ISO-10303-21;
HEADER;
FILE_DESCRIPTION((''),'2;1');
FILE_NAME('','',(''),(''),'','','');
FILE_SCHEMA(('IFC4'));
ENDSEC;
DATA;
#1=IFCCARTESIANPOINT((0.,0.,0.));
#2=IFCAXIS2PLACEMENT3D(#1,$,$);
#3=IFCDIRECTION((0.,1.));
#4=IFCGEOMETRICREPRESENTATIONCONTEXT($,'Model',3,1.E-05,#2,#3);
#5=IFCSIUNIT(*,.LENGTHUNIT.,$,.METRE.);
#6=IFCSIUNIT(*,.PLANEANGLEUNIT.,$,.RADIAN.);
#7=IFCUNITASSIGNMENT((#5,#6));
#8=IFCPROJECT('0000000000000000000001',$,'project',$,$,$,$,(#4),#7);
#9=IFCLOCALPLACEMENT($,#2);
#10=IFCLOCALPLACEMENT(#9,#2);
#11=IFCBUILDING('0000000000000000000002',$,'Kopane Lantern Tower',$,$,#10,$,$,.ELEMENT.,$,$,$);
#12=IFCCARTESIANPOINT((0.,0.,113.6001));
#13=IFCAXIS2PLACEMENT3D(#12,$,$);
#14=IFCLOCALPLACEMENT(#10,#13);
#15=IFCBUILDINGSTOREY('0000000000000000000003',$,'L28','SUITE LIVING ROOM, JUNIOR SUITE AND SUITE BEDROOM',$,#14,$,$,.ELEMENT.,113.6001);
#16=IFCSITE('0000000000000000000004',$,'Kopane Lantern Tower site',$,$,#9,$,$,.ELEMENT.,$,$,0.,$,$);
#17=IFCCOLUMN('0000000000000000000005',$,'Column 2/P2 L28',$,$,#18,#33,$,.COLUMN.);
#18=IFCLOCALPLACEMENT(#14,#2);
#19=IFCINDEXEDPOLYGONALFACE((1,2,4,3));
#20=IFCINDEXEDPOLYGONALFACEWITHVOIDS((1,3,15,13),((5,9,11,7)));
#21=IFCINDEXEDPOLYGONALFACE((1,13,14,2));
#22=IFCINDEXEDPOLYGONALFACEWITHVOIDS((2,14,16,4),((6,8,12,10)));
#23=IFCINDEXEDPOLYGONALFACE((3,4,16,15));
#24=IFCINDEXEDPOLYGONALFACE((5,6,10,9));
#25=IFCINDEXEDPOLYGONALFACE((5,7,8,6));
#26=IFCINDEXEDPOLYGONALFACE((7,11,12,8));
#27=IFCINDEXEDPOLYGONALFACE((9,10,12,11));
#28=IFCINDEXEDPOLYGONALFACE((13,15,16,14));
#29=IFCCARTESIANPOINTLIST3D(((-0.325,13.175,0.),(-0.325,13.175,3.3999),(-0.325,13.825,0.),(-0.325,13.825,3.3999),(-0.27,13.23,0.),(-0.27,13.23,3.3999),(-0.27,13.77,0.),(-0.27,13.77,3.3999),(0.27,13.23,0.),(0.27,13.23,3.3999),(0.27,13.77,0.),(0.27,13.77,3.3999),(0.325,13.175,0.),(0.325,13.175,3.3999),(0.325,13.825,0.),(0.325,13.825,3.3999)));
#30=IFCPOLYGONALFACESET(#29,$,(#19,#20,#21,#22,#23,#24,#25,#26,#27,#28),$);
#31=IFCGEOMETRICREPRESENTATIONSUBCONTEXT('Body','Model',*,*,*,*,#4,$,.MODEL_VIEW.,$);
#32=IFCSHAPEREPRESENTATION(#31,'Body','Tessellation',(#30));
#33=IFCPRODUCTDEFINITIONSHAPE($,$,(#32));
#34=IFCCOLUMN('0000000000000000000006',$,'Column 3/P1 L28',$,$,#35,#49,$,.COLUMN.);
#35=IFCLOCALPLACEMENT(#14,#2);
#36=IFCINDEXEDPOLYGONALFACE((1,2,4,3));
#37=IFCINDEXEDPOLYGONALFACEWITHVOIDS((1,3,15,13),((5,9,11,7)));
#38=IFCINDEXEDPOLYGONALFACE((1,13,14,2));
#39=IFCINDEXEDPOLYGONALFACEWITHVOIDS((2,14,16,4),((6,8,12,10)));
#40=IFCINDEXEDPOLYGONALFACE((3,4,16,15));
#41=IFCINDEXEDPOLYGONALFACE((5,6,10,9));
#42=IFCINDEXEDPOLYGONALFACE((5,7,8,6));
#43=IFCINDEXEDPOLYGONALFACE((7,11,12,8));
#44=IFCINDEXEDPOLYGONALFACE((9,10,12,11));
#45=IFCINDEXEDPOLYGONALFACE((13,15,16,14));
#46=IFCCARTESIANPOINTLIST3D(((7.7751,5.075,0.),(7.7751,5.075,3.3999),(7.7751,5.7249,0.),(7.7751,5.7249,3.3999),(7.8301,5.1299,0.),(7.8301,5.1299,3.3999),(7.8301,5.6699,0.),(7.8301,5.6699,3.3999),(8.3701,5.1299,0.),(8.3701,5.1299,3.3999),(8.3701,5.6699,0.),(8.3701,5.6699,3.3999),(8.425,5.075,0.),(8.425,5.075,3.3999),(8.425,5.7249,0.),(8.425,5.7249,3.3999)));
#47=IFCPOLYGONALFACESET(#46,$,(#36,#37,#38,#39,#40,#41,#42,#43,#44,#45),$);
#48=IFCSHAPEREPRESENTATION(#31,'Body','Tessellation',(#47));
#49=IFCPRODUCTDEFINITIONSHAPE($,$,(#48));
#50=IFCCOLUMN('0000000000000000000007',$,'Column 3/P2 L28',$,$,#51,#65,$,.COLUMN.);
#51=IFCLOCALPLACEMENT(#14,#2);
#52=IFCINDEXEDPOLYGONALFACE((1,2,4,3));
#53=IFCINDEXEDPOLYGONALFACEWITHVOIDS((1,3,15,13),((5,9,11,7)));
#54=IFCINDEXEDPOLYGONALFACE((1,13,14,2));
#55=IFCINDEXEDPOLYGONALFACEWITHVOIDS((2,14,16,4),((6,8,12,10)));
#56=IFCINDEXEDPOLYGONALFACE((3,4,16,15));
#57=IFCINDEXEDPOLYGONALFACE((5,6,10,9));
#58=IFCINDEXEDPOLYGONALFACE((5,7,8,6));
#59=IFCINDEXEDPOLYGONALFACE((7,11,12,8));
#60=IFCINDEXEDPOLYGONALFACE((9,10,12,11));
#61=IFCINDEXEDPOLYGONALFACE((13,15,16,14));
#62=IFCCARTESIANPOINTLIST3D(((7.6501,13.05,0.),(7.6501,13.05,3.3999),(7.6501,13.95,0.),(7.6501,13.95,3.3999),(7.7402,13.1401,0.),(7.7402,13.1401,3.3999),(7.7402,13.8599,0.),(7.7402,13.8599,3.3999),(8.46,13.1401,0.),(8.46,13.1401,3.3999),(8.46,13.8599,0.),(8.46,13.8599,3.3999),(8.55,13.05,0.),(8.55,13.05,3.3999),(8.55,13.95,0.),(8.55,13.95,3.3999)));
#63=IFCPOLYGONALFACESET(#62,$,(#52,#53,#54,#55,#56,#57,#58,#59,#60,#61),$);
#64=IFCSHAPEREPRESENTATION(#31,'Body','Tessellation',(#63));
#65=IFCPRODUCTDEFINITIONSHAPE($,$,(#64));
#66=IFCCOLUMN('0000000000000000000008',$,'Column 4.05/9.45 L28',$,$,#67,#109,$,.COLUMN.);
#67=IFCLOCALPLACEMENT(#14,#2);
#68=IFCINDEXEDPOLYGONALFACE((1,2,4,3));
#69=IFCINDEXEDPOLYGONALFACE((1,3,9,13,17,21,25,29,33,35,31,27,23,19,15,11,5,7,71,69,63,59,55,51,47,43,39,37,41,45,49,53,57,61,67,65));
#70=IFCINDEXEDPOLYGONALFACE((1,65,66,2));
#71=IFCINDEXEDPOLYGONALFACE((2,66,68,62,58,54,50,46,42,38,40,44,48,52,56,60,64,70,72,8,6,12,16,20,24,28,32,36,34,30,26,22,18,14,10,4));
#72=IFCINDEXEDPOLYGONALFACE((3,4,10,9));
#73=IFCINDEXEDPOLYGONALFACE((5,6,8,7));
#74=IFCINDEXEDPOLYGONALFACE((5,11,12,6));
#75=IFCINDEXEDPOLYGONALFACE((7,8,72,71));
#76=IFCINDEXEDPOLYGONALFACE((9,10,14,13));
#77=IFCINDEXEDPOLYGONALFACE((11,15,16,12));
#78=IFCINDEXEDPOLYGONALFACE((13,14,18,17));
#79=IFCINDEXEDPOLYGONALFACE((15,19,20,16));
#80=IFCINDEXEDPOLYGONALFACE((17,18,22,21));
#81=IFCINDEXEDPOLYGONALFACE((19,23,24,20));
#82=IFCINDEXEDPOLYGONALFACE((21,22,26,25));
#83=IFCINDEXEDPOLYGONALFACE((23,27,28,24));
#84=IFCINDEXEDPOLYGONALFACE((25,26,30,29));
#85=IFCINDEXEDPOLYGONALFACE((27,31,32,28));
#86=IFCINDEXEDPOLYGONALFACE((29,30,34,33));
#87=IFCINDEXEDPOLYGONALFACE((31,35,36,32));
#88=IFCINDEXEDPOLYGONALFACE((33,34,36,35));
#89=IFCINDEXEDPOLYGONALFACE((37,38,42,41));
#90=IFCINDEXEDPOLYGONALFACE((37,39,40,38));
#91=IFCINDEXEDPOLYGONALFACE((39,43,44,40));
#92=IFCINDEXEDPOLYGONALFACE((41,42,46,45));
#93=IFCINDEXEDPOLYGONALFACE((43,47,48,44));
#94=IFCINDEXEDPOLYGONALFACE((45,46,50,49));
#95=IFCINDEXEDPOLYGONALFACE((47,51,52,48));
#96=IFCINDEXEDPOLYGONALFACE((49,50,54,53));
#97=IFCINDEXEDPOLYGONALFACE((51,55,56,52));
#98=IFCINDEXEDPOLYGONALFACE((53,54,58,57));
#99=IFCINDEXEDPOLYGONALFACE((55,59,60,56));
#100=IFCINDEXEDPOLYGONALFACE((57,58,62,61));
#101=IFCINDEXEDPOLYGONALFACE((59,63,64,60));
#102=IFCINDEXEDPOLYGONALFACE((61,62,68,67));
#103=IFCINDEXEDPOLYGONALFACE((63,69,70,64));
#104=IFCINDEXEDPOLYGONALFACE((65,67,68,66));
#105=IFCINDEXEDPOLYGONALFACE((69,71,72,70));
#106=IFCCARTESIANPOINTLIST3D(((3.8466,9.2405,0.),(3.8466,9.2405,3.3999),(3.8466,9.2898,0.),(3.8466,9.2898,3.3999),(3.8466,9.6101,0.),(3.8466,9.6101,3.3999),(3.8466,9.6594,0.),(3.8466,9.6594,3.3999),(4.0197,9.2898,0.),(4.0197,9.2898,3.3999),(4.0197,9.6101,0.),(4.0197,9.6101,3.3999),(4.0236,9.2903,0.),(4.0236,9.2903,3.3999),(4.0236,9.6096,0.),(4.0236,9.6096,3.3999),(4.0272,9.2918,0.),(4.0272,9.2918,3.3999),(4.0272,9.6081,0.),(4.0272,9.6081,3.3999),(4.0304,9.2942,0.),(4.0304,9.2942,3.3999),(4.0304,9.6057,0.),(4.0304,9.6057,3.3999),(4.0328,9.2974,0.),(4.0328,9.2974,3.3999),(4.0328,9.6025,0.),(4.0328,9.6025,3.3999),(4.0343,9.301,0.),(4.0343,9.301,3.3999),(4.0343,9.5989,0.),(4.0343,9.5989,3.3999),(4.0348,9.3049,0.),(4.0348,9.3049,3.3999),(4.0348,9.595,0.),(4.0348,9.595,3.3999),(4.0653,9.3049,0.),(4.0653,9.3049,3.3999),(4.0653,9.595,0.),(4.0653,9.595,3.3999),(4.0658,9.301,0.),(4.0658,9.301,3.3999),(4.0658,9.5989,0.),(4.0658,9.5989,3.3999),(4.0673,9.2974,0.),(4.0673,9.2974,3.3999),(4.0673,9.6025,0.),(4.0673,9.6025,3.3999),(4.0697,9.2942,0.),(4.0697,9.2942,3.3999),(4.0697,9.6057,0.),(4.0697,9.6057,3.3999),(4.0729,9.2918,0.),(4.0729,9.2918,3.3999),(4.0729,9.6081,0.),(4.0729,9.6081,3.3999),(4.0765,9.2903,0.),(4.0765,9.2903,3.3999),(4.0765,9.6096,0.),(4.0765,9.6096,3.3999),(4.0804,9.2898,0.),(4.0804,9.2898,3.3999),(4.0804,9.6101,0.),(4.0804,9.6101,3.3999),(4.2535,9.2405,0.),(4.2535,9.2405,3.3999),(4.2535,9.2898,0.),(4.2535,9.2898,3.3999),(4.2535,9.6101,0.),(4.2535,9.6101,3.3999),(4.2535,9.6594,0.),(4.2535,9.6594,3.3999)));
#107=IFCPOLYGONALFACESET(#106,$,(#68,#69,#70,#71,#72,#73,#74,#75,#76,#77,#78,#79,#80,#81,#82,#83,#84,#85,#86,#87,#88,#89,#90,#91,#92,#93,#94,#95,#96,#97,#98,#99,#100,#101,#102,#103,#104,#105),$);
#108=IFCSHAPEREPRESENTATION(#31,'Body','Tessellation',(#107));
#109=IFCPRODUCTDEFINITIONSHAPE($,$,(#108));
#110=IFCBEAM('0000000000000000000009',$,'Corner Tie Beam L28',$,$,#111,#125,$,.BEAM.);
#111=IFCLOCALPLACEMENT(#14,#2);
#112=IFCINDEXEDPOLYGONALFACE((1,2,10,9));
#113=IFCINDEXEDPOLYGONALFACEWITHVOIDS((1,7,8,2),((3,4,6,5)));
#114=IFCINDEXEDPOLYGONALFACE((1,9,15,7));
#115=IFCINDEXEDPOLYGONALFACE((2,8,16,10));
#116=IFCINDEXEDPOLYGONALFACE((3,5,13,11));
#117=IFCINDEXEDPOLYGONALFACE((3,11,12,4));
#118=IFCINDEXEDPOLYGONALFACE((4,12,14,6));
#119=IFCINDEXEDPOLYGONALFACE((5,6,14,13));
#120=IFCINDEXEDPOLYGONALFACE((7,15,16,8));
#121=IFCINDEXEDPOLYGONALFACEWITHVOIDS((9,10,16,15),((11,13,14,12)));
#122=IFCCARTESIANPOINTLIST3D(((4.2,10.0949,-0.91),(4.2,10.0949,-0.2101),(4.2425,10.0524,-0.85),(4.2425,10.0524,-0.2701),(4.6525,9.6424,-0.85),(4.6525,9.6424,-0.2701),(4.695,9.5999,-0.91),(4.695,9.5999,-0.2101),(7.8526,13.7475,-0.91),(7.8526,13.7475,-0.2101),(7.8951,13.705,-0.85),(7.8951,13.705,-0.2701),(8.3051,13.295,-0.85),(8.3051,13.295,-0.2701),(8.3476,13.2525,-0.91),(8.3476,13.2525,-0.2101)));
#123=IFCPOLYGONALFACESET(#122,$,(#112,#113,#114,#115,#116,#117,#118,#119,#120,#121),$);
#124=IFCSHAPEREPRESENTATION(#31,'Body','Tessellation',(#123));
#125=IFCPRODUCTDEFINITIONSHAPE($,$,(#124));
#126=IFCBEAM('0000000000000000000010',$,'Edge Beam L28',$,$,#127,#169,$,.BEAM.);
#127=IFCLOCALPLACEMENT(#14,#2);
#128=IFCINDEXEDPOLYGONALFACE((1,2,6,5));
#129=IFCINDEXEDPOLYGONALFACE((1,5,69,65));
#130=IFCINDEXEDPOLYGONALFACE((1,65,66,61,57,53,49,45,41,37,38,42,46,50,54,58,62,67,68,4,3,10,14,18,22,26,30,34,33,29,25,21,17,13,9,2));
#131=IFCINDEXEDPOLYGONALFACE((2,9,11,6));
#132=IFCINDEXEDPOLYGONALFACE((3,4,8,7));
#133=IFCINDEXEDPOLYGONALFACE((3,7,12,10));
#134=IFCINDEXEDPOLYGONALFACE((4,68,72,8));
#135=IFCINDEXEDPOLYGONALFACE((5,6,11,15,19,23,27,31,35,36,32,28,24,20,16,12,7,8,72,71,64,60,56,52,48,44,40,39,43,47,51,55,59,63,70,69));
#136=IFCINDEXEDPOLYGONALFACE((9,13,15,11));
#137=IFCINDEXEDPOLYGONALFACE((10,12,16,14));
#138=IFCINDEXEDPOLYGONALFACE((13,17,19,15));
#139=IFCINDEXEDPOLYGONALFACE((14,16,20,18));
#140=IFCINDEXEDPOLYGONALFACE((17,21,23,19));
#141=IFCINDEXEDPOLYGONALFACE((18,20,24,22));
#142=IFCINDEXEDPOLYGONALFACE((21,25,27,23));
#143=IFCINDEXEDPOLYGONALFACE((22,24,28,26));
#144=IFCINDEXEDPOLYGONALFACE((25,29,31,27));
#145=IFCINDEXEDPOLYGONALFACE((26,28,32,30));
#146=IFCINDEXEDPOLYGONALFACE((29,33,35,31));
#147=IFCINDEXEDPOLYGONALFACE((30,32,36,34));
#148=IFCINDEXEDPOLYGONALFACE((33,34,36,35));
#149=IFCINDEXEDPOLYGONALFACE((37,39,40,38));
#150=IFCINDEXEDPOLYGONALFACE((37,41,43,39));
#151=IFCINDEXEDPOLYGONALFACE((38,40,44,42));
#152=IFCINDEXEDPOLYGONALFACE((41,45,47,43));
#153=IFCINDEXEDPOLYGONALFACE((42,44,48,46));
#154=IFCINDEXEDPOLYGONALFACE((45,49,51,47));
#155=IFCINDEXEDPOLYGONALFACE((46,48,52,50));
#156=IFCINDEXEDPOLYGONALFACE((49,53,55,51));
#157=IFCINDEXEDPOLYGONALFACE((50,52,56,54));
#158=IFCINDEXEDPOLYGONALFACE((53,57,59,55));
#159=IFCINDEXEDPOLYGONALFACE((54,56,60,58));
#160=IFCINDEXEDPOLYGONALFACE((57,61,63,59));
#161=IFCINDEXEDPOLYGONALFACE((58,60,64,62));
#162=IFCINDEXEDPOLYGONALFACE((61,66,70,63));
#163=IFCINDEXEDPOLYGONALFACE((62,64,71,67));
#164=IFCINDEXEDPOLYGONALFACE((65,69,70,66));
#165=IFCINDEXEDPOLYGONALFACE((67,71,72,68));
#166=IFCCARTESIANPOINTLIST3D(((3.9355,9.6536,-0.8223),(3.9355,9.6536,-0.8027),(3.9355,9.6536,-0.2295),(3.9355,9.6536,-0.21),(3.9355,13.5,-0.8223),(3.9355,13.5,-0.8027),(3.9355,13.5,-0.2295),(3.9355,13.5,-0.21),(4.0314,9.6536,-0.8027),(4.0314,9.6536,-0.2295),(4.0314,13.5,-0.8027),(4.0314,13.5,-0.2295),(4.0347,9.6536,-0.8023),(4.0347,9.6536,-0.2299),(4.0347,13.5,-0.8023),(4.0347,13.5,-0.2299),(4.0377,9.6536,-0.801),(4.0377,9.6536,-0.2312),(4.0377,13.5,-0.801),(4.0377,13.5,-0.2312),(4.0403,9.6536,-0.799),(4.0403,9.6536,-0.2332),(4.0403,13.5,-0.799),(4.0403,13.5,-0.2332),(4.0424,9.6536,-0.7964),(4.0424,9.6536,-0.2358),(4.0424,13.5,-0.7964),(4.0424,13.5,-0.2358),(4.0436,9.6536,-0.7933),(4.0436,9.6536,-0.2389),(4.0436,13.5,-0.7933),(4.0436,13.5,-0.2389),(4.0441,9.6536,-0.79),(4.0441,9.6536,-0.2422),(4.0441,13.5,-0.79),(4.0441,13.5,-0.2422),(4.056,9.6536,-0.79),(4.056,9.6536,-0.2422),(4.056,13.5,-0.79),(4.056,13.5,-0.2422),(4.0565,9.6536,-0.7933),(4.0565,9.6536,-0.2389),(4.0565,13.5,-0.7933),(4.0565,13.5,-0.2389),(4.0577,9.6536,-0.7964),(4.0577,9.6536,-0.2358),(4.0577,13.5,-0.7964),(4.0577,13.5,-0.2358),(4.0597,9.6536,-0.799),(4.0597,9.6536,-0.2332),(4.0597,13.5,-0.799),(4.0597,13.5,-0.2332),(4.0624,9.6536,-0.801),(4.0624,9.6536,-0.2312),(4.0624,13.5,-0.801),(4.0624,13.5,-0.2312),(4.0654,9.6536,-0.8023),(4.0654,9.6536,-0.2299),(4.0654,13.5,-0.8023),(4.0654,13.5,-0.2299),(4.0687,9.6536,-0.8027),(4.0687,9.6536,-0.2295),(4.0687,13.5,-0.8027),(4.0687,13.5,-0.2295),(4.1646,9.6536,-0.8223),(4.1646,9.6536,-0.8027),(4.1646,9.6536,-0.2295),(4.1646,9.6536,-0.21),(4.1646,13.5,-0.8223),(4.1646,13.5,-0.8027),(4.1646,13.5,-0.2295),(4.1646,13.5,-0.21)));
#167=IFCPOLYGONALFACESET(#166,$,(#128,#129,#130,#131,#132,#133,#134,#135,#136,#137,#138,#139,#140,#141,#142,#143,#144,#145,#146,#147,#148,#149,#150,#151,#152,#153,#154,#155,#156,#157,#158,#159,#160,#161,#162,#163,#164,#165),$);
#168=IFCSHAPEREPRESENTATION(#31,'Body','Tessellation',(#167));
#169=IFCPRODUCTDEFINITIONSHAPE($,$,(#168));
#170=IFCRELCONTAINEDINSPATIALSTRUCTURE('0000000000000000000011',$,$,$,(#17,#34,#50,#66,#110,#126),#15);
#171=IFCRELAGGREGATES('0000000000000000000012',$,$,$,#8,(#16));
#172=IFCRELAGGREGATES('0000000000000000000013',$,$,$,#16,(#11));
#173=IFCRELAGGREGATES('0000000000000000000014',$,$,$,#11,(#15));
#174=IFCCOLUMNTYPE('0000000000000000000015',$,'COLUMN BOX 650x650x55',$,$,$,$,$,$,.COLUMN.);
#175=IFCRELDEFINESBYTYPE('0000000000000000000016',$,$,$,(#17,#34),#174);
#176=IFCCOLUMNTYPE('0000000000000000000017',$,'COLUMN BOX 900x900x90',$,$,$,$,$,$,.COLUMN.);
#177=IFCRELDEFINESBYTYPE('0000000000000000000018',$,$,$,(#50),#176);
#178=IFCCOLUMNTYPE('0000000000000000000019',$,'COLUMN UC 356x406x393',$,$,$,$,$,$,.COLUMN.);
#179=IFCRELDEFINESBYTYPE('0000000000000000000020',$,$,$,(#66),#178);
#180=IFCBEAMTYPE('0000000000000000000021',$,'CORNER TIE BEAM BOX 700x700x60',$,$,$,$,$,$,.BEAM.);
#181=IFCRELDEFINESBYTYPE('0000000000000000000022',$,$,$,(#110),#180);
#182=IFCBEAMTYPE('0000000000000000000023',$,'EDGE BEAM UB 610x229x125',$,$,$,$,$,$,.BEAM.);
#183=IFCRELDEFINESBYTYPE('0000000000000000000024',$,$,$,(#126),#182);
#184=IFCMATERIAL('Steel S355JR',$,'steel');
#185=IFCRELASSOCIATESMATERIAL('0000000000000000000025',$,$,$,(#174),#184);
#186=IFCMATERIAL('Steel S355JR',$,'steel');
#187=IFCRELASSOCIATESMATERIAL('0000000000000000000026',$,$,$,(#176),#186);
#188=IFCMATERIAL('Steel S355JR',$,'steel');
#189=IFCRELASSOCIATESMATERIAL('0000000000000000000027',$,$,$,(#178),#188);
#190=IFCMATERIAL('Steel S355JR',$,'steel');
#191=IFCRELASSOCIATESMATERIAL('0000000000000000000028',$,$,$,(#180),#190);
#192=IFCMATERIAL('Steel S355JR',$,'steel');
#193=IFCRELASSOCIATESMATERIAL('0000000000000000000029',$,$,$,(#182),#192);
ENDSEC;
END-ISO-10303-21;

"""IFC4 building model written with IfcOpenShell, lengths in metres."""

from ifc_helpers import new_model, si_unit, direction, frame, origin, origin_2d, place, context, subcontext, project, spatial, hollow_rectangle, i_section, extrude, material, material_profile, profile_set, type_object, element, save


model = new_model("IFC4")

# Units and contexts
model_context = context("Model", 3, precision=1e-05, world=origin(), true_north=direction((0.0, 1.0)))
body_context = subcontext(model_context, "Body", "Model", "MODEL_VIEW")
ifc_project = project(units=[si_unit("LENGTHUNIT", "METRE"), si_unit("PLANEANGLEUNIT", "RADIAN")], contexts=[model_context])

# Site, building, storey
site_placement = place(None, origin())
site = spatial("IfcSite", under=ifc_project, at=site_placement, Name="Kopane Lantern Tower site", CompositionType="ELEMENT", RefElevation=0.0)
building_placement = place(site_placement, origin())
building = spatial("IfcBuilding", under=site, at=building_placement, Name="Kopane Lantern Tower", CompositionType="ELEMENT")
storey_placement = place(building_placement, frame((0.0, 0.0, 113.6001)))
storey = spatial("IfcBuildingStorey", under=building, at=storey_placement, Name="L28", Description="SUITE LIVING ROOM, JUNIOR SUITE AND SUITE BEDROOM", CompositionType="ELEMENT", Elevation=113.6001)

# Columns
ifc_material_1 = material(Name="Steel S355JR", Category="steel")
ifc_material_profile_1 = material_profile(ifc_material_1, hollow_rectangle(XDim=0.6499, YDim=0.6499, WallThickness=0.0549, at=origin_2d()), Name="BOX 650x650x55")
ifc_profile_set_1 = profile_set([ifc_material_profile_1], Name="Steel S355JR")
column_type_1 = type_object("IfcColumnType", Name="COLUMN BOX 650x650x55", PredefinedType="COLUMN", material=ifc_profile_set_1)
for number, where, z_axis, x_axis, name in (
    (1, (0.0, 13.5, 0.0), (0.0, 0.0, 1.0), (1.0, 0.0, 0.0), "Column 2/P2 L28"),
    (2, (8.1001, 5.3999, 0.0), (0.0, 0.0, 1.0), (1.0, 0.0, 0.0), "Column 3/P1 L28"),
):
    element("IfcColumn", number, at=place(storey_placement, frame(where, z_axis=z_axis, x_axis=x_axis)), inside=storey, type_object=column_type_1, Name=name, PredefinedType="COLUMN", context=body_context, shape_type="SweptSolid", body=[
        extrude(hollow_rectangle(XDim=0.6499, YDim=0.6499, WallThickness=0.0549, at=origin_2d()), origin(), (0.0, 0.0, 1.0), 3.3999),
    ])
ifc_material_2 = material(Name="Steel S355JR", Category="steel")
ifc_material_profile_2 = material_profile(ifc_material_2, hollow_rectangle(XDim=0.8999, YDim=0.8999, WallThickness=0.0901, at=origin_2d()), Name="BOX 900x900x90")
ifc_profile_set_2 = profile_set([ifc_material_profile_2], Name="Steel S355JR")
column_type_2 = type_object("IfcColumnType", Name="COLUMN BOX 900x900x90", PredefinedType="COLUMN", material=ifc_profile_set_2)
column_1_placement = place(storey_placement, frame((8.1001, 13.5, 0.0), z_axis=(0.0, 0.0, 1.0), x_axis=(1.0, 0.0, 0.0)))
element("IfcColumn", 3, at=column_1_placement, inside=storey, type_object=column_type_2, Name="Column 3/P2 L28", PredefinedType="COLUMN", context=body_context, shape_type="SweptSolid", body=[
    extrude(hollow_rectangle(XDim=0.8999, YDim=0.8999, WallThickness=0.0901, at=origin_2d()), origin(), (0.0, 0.0, 1.0), 3.3999),
])
ifc_material_3 = material(Name="Steel S355JR", Category="steel")
ifc_material_profile_3 = material_profile(ifc_material_3, i_section(OverallWidth=0.407, OverallDepth=0.4189, WebThickness=0.0305, FlangeThickness=0.0493, FilletRadius=0.0151, at=origin_2d()), Name="UC 356x406x393")
ifc_profile_set_3 = profile_set([ifc_material_profile_3], Name="Steel S355JR")
column_type_3 = type_object("IfcColumnType", Name="COLUMN UC 356x406x393", PredefinedType="COLUMN", material=ifc_profile_set_3)
column_2_placement = place(storey_placement, frame((4.05, 9.45, 0.0), z_axis=(0.0, 0.0, 1.0), x_axis=(1.0, 0.0, 0.0)))
element("IfcColumn", 4, at=column_2_placement, inside=storey, type_object=column_type_3, Name="Column 4.05/9.45 L28", PredefinedType="COLUMN", context=body_context, shape_type="SweptSolid", body=[
    extrude(i_section(OverallWidth=0.407, OverallDepth=0.4189, WebThickness=0.0305, FlangeThickness=0.0493, FilletRadius=0.0151, at=origin_2d()), origin(), (0.0, 0.0, 1.0), 3.3999),
])

# Beams
ifc_material_4 = material(Name="Steel S355JR", Category="steel")
ifc_material_profile_4 = material_profile(ifc_material_4, hollow_rectangle(XDim=0.7, YDim=0.7, WallThickness=0.0601, at=origin_2d()), Name="BOX 700x700x60")
ifc_profile_set_4 = profile_set([ifc_material_profile_4], Name="Steel S355JR")
beam_type_1 = type_object("IfcBeamType", Name="CORNER TIE BEAM BOX 700x700x60", PredefinedType="BEAM", material=ifc_profile_set_4)
beam_1_placement = place(storey_placement, frame((4.4475, 9.8474, -0.5601), z_axis=(0.707107, 0.707107, 0.0), x_axis=(-0.707107, 0.707107, 0.0)))
element("IfcBeam", 5, at=beam_1_placement, inside=storey, type_object=beam_type_1, Name="Corner Tie Beam L28", PredefinedType="BEAM", context=body_context, shape_type="SweptSolid", body=[
    extrude(hollow_rectangle(XDim=0.7, YDim=0.7, WallThickness=0.0601, at=origin_2d()), origin(), (0.0, 0.0, 1.0), 5.1655),
])
ifc_material_5 = material(Name="Steel S355JR", Category="steel")
ifc_material_profile_5 = material_profile(ifc_material_5, i_section(OverallWidth=0.229, OverallDepth=0.6123, WebThickness=0.012, FlangeThickness=0.0195, FilletRadius=0.0127, at=origin_2d()), Name="UB 610x229x125")
ifc_profile_set_5 = profile_set([ifc_material_profile_5], Name="Steel S355JR")
beam_type_2 = type_object("IfcBeamType", Name="EDGE BEAM UB 610x229x125", PredefinedType="BEAM", material=ifc_profile_set_5)
beam_2_placement = place(storey_placement, frame((4.05, 9.6536, -0.5161), z_axis=(0.0, 1.0, 0.0), x_axis=(-1.0, 0.0, 0.0)))
element("IfcBeam", 6, at=beam_2_placement, inside=storey, type_object=beam_type_2, Name="Edge Beam L28", PredefinedType="BEAM", context=body_context, shape_type="SweptSolid", body=[
    extrude(i_section(OverallWidth=0.229, OverallDepth=0.6123, WebThickness=0.012, FlangeThickness=0.0195, FilletRadius=0.0127, at=origin_2d()), origin(), (0.0, 0.0, 1.0), 3.8464),
])

save(model, "model.ifc")
